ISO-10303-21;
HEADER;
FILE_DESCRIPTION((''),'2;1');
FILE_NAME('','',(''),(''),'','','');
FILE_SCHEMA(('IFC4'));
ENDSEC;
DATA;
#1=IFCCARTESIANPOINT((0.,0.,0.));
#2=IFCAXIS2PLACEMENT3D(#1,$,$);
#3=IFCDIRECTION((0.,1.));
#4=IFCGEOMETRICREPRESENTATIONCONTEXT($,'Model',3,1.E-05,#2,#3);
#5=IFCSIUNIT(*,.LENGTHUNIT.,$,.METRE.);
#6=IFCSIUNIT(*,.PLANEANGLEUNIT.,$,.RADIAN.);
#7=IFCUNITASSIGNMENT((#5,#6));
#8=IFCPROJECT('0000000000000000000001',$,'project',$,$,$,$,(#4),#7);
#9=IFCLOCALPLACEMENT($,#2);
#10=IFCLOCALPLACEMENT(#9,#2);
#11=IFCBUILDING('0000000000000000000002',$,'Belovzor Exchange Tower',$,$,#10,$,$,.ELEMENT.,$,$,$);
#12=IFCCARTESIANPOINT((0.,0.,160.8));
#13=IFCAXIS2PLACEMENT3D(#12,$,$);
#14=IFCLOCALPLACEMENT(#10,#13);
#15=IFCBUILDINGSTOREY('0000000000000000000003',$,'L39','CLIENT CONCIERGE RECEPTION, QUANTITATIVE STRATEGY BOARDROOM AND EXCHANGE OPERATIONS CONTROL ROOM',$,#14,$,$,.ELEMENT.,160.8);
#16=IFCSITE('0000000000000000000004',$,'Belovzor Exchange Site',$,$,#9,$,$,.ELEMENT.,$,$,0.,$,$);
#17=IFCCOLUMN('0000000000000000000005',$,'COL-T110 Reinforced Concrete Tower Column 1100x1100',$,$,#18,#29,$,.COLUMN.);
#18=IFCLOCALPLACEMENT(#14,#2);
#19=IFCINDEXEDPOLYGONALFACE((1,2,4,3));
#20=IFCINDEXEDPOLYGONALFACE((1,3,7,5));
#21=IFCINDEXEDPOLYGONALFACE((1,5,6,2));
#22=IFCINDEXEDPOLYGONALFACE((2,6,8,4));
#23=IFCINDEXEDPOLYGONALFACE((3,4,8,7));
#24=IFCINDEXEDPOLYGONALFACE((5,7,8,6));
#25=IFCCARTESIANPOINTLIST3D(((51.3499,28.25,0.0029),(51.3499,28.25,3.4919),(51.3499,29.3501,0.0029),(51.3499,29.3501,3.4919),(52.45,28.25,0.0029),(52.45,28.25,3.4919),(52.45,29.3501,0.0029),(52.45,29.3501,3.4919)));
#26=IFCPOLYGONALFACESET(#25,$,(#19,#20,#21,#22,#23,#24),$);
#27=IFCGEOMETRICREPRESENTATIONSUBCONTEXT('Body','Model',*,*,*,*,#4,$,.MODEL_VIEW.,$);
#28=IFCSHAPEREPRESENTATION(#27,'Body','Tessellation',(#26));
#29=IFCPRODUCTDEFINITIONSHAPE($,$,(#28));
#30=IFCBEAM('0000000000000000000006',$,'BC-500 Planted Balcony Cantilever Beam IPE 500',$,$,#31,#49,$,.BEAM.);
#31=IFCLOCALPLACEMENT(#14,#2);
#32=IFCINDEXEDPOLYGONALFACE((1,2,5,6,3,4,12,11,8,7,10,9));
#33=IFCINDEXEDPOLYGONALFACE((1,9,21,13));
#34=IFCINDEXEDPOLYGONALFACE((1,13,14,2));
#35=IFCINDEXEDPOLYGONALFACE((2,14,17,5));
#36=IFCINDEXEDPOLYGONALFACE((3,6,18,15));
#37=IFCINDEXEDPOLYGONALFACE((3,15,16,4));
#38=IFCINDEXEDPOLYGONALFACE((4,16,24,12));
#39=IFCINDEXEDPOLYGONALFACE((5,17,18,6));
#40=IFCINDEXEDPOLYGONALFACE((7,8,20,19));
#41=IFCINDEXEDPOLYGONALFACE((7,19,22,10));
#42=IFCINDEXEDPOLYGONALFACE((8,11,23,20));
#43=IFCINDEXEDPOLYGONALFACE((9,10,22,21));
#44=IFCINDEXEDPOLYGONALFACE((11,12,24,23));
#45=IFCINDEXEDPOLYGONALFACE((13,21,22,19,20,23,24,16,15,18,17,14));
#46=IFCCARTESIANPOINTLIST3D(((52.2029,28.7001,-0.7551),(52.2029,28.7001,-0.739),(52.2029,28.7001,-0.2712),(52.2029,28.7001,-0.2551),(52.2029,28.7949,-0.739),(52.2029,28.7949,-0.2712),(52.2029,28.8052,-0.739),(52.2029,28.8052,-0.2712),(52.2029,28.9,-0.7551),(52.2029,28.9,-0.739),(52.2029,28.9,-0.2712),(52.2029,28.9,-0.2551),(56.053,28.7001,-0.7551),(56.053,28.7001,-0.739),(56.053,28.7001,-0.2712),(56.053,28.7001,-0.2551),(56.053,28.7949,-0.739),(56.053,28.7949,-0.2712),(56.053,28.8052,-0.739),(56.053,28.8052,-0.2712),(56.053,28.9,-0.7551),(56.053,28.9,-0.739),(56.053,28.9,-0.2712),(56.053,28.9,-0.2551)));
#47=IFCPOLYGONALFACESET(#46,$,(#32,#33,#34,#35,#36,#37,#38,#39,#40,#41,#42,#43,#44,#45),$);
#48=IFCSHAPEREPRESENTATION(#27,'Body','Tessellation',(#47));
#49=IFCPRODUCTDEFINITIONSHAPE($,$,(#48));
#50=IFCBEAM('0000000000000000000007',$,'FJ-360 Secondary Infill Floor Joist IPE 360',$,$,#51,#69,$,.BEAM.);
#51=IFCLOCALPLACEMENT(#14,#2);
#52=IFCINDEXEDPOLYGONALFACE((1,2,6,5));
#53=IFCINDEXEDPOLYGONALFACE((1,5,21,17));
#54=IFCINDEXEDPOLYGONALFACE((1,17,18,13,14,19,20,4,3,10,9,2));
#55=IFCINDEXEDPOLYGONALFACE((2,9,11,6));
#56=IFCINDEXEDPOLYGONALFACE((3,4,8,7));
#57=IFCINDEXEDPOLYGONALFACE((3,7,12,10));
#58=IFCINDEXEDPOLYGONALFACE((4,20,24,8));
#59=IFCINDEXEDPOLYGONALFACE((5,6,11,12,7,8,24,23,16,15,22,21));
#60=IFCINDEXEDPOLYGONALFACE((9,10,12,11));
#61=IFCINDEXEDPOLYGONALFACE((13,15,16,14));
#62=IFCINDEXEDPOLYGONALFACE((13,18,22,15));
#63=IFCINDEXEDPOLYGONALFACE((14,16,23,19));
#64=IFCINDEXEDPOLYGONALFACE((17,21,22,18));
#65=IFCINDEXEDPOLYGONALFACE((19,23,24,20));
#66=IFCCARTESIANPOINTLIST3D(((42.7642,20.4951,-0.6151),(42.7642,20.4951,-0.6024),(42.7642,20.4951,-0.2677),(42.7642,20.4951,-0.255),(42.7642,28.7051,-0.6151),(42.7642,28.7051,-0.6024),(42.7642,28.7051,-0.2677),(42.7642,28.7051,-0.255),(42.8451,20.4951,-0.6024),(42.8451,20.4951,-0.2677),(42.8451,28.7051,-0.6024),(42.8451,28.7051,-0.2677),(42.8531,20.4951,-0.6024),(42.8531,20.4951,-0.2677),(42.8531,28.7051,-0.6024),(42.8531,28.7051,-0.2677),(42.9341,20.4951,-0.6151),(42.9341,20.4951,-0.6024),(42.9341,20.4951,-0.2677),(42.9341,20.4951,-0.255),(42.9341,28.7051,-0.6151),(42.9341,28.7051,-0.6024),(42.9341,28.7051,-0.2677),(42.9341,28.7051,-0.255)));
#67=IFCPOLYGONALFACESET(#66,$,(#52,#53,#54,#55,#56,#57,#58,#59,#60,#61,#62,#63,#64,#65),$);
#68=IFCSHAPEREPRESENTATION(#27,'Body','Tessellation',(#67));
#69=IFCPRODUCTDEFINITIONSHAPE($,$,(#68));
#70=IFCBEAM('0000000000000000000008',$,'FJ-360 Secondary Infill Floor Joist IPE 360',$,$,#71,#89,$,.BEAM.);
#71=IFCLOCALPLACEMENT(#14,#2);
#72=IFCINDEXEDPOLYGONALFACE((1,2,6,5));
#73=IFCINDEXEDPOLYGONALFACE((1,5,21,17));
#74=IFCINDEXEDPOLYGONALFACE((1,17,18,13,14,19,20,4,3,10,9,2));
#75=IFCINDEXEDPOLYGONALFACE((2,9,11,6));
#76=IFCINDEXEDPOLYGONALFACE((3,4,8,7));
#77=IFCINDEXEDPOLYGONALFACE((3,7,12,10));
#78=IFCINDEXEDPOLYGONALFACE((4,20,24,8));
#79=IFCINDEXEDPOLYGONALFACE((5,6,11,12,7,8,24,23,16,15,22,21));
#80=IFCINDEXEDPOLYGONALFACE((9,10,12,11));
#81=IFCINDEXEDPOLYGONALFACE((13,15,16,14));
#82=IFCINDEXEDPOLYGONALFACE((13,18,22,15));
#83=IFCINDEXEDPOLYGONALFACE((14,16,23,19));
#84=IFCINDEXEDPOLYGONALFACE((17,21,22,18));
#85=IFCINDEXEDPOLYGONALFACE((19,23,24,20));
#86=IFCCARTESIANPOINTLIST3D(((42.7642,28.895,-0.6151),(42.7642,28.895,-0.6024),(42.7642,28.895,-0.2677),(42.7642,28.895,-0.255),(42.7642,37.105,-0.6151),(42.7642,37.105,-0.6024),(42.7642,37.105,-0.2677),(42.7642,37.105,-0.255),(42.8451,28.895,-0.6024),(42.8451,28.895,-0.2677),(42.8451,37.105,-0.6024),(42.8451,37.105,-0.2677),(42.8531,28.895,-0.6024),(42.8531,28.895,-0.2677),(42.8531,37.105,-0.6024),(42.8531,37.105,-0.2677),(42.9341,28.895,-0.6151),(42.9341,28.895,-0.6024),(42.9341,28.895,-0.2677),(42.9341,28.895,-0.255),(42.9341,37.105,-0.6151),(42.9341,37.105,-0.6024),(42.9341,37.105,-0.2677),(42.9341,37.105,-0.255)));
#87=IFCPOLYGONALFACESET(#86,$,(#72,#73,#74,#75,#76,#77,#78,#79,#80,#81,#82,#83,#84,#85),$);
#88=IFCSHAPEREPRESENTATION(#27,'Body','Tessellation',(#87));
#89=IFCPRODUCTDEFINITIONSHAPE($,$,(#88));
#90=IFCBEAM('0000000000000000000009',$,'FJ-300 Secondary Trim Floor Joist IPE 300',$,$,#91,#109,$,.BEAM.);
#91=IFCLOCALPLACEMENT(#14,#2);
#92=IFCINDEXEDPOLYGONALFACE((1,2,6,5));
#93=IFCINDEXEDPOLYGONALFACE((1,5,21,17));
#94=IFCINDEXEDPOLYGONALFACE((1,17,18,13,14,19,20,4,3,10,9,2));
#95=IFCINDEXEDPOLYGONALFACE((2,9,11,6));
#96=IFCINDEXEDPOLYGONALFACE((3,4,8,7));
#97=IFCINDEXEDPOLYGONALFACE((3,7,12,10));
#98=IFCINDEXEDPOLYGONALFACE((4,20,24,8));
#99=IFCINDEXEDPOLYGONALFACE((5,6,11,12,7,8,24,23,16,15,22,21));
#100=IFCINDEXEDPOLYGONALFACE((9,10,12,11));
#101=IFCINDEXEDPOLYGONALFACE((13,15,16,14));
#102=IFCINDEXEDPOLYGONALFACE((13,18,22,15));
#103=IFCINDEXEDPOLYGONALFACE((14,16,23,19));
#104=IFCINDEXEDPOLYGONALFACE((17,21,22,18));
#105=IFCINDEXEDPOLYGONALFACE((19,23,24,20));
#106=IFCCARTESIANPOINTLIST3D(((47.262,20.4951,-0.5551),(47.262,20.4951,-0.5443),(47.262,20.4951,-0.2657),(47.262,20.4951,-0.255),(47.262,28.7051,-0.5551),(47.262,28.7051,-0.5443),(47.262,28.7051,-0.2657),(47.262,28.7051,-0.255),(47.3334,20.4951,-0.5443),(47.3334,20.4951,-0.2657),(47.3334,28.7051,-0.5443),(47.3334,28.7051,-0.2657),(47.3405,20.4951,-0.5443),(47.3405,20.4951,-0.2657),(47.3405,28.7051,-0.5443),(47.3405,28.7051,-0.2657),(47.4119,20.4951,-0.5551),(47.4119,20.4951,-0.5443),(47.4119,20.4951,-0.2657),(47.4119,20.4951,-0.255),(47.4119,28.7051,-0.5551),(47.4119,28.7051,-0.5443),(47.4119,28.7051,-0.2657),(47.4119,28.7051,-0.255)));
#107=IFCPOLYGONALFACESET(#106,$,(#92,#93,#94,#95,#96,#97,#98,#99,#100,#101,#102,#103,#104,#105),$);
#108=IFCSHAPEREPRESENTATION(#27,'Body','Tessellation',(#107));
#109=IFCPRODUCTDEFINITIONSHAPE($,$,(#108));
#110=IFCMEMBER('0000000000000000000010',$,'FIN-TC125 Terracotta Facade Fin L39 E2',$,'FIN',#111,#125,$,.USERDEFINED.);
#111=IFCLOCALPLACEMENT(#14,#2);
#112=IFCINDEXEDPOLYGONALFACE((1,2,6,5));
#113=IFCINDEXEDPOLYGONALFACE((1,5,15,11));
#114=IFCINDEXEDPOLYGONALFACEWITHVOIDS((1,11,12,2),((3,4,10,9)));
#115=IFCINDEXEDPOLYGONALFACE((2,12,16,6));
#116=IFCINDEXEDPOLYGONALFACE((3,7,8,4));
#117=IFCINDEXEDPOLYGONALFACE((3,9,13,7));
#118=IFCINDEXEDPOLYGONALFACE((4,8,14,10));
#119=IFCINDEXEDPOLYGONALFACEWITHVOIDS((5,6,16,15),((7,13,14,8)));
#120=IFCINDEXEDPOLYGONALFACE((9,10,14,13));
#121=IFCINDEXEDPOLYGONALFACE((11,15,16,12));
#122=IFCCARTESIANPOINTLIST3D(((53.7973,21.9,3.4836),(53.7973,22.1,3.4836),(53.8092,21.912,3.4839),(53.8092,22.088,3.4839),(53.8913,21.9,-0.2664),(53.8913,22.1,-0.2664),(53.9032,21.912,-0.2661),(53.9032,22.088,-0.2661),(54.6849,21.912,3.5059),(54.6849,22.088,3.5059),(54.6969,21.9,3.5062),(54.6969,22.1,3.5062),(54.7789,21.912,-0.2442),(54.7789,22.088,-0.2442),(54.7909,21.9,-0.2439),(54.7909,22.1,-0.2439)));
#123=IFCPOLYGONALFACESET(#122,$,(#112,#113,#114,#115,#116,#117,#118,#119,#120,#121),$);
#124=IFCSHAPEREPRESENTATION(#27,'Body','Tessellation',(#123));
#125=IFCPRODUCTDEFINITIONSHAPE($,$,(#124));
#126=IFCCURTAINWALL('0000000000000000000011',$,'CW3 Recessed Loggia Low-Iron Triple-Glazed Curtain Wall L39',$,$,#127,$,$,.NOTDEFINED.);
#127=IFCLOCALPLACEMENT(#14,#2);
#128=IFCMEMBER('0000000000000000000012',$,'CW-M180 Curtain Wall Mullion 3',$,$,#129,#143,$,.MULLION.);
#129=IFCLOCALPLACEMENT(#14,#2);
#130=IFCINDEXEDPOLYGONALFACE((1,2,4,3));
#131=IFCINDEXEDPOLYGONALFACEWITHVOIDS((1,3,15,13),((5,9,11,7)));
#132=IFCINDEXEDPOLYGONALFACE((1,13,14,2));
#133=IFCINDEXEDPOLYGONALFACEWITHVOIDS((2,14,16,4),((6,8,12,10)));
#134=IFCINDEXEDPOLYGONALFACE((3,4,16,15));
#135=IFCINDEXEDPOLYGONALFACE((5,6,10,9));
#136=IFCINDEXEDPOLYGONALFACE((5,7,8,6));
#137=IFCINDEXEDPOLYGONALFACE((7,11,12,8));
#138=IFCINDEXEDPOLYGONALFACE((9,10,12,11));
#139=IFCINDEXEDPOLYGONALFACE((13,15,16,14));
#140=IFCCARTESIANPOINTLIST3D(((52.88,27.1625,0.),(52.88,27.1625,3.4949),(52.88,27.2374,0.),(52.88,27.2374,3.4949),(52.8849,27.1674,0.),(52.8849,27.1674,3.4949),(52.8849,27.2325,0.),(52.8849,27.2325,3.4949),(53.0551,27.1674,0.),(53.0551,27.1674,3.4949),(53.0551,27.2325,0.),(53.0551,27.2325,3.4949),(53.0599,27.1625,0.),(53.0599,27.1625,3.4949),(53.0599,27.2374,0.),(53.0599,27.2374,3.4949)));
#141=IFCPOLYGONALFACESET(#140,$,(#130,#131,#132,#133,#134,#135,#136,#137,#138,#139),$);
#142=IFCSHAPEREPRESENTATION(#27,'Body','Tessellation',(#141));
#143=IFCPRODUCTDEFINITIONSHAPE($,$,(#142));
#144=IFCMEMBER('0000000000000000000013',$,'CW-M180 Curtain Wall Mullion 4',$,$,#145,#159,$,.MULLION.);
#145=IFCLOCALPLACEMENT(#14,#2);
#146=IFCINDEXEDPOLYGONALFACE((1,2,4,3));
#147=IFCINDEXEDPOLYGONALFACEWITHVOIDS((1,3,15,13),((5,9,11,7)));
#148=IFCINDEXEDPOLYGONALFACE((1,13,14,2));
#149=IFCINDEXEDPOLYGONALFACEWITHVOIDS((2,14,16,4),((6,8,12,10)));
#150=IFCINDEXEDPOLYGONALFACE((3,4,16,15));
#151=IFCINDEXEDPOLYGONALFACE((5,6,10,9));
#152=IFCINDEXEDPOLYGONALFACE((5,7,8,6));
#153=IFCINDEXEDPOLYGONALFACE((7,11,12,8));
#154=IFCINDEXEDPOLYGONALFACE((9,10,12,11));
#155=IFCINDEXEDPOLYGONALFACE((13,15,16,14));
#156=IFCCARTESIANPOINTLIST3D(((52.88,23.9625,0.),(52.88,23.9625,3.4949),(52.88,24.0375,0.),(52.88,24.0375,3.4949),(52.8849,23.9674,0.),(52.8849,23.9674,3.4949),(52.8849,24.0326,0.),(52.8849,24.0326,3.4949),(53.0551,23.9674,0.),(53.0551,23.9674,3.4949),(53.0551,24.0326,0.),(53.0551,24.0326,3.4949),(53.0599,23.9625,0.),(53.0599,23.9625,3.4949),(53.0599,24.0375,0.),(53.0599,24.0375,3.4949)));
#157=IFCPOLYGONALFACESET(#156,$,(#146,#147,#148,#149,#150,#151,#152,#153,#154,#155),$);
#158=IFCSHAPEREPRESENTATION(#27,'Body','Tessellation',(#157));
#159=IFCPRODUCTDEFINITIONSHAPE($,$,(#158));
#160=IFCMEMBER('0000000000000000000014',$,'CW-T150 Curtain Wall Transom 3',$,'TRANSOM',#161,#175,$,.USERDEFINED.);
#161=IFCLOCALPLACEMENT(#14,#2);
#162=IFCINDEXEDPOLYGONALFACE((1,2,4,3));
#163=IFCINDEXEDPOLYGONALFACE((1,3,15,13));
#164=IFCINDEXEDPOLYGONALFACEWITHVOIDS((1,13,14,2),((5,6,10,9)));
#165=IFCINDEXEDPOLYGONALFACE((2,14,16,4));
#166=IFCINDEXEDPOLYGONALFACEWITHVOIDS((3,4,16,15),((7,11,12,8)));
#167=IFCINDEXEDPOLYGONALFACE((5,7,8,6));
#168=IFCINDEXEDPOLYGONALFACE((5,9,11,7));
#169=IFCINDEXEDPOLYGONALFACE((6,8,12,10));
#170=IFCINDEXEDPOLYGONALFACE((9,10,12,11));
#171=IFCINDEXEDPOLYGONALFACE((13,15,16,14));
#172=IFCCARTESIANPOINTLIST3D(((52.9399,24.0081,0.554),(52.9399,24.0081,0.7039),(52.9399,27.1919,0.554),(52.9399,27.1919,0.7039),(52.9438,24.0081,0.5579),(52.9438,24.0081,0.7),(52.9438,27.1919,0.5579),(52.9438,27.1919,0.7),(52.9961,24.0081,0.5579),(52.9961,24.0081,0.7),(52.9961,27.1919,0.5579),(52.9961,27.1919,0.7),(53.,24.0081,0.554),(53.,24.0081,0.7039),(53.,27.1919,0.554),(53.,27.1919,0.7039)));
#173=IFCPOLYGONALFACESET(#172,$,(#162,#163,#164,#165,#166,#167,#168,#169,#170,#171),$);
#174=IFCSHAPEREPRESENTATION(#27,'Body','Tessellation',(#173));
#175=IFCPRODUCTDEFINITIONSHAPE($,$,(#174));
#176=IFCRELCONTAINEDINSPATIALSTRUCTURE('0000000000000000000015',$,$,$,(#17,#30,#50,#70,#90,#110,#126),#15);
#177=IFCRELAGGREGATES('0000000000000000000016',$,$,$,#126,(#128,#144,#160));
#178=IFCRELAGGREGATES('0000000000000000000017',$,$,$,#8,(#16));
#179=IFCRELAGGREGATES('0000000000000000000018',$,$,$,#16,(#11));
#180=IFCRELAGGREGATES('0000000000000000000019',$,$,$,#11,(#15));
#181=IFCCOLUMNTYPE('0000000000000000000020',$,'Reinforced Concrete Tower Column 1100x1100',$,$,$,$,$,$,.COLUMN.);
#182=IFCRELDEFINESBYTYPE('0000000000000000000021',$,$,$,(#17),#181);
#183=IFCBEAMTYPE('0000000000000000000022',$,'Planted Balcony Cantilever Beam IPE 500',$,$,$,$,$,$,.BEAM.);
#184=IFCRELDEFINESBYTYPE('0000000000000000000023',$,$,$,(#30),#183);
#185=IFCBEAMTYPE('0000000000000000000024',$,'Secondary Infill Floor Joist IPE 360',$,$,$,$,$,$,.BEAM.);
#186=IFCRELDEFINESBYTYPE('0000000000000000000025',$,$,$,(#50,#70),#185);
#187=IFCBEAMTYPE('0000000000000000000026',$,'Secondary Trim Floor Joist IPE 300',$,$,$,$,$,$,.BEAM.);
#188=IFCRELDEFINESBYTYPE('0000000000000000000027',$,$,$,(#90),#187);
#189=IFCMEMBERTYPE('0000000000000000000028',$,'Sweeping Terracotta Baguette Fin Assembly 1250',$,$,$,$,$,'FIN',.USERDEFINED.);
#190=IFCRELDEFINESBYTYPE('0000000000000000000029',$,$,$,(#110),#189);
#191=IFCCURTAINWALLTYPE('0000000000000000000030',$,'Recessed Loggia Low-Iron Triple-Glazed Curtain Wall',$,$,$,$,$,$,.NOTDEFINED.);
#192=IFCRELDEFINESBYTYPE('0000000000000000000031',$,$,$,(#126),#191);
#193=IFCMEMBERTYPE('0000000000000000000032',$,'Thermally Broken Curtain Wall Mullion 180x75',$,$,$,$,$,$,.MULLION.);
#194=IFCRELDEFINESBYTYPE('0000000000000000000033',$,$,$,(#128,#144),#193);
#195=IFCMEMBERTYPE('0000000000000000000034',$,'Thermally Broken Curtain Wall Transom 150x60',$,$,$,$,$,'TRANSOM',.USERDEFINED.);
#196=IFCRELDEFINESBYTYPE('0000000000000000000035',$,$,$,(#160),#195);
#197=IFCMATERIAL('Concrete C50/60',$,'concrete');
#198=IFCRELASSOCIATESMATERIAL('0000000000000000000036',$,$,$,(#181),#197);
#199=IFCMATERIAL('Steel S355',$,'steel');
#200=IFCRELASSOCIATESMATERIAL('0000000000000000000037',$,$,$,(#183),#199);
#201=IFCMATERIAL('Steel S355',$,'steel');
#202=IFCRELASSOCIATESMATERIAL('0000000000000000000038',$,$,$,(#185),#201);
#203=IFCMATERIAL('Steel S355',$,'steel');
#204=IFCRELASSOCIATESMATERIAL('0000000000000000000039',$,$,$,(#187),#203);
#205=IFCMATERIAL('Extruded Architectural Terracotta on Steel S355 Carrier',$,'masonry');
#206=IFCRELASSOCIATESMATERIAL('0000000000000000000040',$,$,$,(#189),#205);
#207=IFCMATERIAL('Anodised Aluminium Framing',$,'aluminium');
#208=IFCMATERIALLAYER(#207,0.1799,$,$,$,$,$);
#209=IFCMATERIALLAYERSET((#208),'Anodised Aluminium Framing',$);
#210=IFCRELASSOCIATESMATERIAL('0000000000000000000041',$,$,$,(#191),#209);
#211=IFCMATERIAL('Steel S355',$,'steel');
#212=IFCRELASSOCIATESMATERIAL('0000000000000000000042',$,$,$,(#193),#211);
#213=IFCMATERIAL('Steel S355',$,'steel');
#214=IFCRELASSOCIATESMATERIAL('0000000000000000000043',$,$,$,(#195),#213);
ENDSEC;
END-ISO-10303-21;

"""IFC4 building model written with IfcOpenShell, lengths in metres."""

from ifc_helpers import new_model, si_unit, direction, frame, origin, origin_2d, place, context, subcontext, project, spatial, rectangle, hollow_rectangle, i_section, extrude, material, layer, layer_set, material_profile, profile_set, type_object, element, aggregate, save


model = new_model("IFC4")

# Units and contexts
model_context = context("Model", 3, precision=1e-05, world=origin(), true_north=direction((0.0, 1.0)))
body_context = subcontext(model_context, "Body", "Model", "MODEL_VIEW")
ifc_project = project(units=[si_unit("LENGTHUNIT", "METRE"), si_unit("PLANEANGLEUNIT", "RADIAN")], contexts=[model_context])

# Site, building, storey
site_placement = place(None, origin())
site = spatial("IfcSite", under=ifc_project, at=site_placement, Name="Belovzor Exchange Site", CompositionType="ELEMENT", RefElevation=0.0)
building_placement = place(site_placement, origin())
building = spatial("IfcBuilding", under=site, at=building_placement, Name="Belovzor Exchange Tower", CompositionType="ELEMENT")
storey_placement = place(building_placement, frame((0.0, 0.0, 160.8)))
storey = spatial("IfcBuildingStorey", under=building, at=storey_placement, Name="L39", Description="CLIENT CONCIERGE RECEPTION, QUANTITATIVE STRATEGY BOARDROOM AND EXCHANGE OPERATIONS CONTROL ROOM", CompositionType="ELEMENT", Elevation=160.8)

# Column
ifc_material_1 = material(Name="Concrete C50/60", Category="concrete")
ifc_material_profile_1 = material_profile(ifc_material_1, rectangle(XDim=1.1001, YDim=1.1001, at=origin_2d()))
ifc_profile_set_1 = profile_set([ifc_material_profile_1], Name="Concrete C50/60")
column_type = type_object("IfcColumnType", Name="Reinforced Concrete Tower Column 1100x1100", PredefinedType="COLUMN", material=ifc_profile_set_1)
column_placement = place(storey_placement, frame((51.8999, 28.8, 0.0029), z_axis=(0.0, 0.0, 1.0), x_axis=(1.0, 0.0, 0.0)))
element("IfcColumn", 1, at=column_placement, inside=storey, type_object=column_type, Name="COL-T110 Reinforced Concrete Tower Column 1100x1100", PredefinedType="COLUMN", context=body_context, shape_type="SweptSolid", body=[
    extrude(rectangle(XDim=1.1001, YDim=1.1001, at=origin_2d()), origin(), (0.0, 0.0, 1.0), 3.489),
])

# Beams
ifc_material_2 = material(Name="Steel S355", Category="steel")
ifc_material_profile_2 = material_profile(ifc_material_2, i_section(OverallWidth=0.2, OverallDepth=0.5, WebThickness=0.0103, FlangeThickness=0.0161, at=origin_2d()))
ifc_profile_set_2 = profile_set([ifc_material_profile_2], Name="Steel S355")
beam_type_1 = type_object("IfcBeamType", Name="Planted Balcony Cantilever Beam IPE 500", PredefinedType="BEAM", material=ifc_profile_set_2)
beam_1_placement = place(storey_placement, frame((52.2029, 28.8, -0.5051), z_axis=(1.0, 0.0, 0.0), x_axis=(0.0, 1.0, 0.0)))
element("IfcBeam", 2, at=beam_1_placement, inside=storey, type_object=beam_type_1, Name="BC-500 Planted Balcony Cantilever Beam IPE 500", PredefinedType="BEAM", context=body_context, shape_type="SweptSolid", body=[
    extrude(i_section(OverallWidth=0.2, OverallDepth=0.5, WebThickness=0.0103, FlangeThickness=0.0161, at=origin_2d()), origin(), (0.0, 0.0, 1.0), 3.8501),
])
ifc_material_3 = material(Name="Steel S355", Category="steel")
ifc_material_profile_3 = material_profile(ifc_material_3, i_section(OverallWidth=0.1699, OverallDepth=0.3601, WebThickness=0.0081, FlangeThickness=0.0127, at=origin_2d()))
ifc_profile_set_3 = profile_set([ifc_material_profile_3], Name="Steel S355")
beam_type_2 = type_object("IfcBeamType", Name="Secondary Infill Floor Joist IPE 360", PredefinedType="BEAM", material=ifc_profile_set_3)
for number, where, z_axis, x_axis, name in (
    (3, (42.8491, 20.4951, -0.4351), (0.0, 1.0, 0.0), (-1.0, 0.0, 0.0), "FJ-360 Secondary Infill Floor Joist IPE 360"),
    (4, (42.8491, 28.895, -0.4351), (0.0, 1.0, 0.0), (-1.0, 0.0, 0.0), "FJ-360 Secondary Infill Floor Joist IPE 360"),
):
    element("IfcBeam", number, at=place(storey_placement, frame(where, z_axis=z_axis, x_axis=x_axis)), inside=storey, type_object=beam_type_2, Name=name, PredefinedType="BEAM", context=body_context, shape_type="SweptSolid", body=[
        extrude(i_section(OverallWidth=0.1699, OverallDepth=0.3601, WebThickness=0.0081, FlangeThickness=0.0127, at=origin_2d()), origin(), (0.0, 0.0, 1.0), 8.21),
    ])
ifc_material_4 = material(Name="Steel S355", Category="steel")
ifc_material_profile_4 = material_profile(ifc_material_4, i_section(OverallWidth=0.1499, OverallDepth=0.3, WebThickness=0.0071, FlangeThickness=0.0107, at=origin_2d()))
ifc_profile_set_4 = profile_set([ifc_material_profile_4], Name="Steel S355")
beam_type_3 = type_object("IfcBeamType", Name="Secondary Trim Floor Joist IPE 300", PredefinedType="BEAM", material=ifc_profile_set_4)
beam_2_placement = place(storey_placement, frame((47.3369, 20.4951, -0.405), z_axis=(0.0, 1.0, 0.0), x_axis=(-1.0, 0.0, 0.0)))
element("IfcBeam", 5, at=beam_2_placement, inside=storey, type_object=beam_type_3, Name="FJ-300 Secondary Trim Floor Joist IPE 300", PredefinedType="BEAM", context=body_context, shape_type="SweptSolid", body=[
    extrude(i_section(OverallWidth=0.1499, OverallDepth=0.3, WebThickness=0.0071, FlangeThickness=0.0107, at=origin_2d()), origin(), (0.0, 0.0, 1.0), 8.21),
])

# Member
ifc_material_5 = material(Name="Extruded Architectural Terracotta on Steel S355 Carrier", Category="masonry")
ifc_material_profile_5 = material_profile(ifc_material_5, hollow_rectangle(XDim=0.2, YDim=0.8999, WallThickness=0.012, at=origin_2d()))
ifc_profile_set_5 = profile_set([ifc_material_profile_5], Name="Extruded Architectural Terracotta on Steel S355 Carrier")
member_type_1 = type_object("IfcMemberType", Name="Sweeping Terracotta Baguette Fin Assembly 1250", ElementType="FIN", PredefinedType="USERDEFINED", material=ifc_profile_set_5)
member_1_placement = place(storey_placement, frame((54.3411, 22.0, -0.2551), z_axis=(-0.025057, 0.0, 0.999686), x_axis=(0.0, -1.0, 0.0)))
element("IfcMember", 6, at=member_1_placement, inside=storey, type_object=member_type_1, Name="FIN-TC125 Terracotta Facade Fin L39 E2", ObjectType="FIN", PredefinedType="USERDEFINED", context=body_context, shape_type="SweptSolid", body=[
    extrude(hollow_rectangle(XDim=0.2, YDim=0.8999, WallThickness=0.012, at=origin_2d()), origin(), (0.0, 0.0, 1.0), 3.7512),
])

# Curtain wall, members
ifc_material_6 = material(Name="Anodised Aluminium Framing", Category="aluminium")
ifc_layer_1 = layer(ifc_material_6, 0.1799)
ifc_layer_set_1 = layer_set([ifc_layer_1], Name="Anodised Aluminium Framing")
curtain_wall_type = type_object("IfcCurtainWallType", Name="Recessed Loggia Low-Iron Triple-Glazed Curtain Wall", PredefinedType="NOTDEFINED", material=ifc_layer_set_1)
curtain_wall_placement = place(storey_placement, origin())
curtain_wall = element("IfcCurtainWall", 7, at=curtain_wall_placement, inside=storey, type_object=curtain_wall_type, Name="CW3 Recessed Loggia Low-Iron Triple-Glazed Curtain Wall L39", PredefinedType="NOTDEFINED")
ifc_material_7 = material(Name="Steel S355", Category="steel")
ifc_material_profile_6 = material_profile(ifc_material_7, hollow_rectangle(XDim=0.075, YDim=0.1799, WallThickness=0.0049, at=origin_2d()))
ifc_profile_set_6 = profile_set([ifc_material_profile_6], Name="Steel S355")
member_type_2 = type_object("IfcMemberType", Name="Thermally Broken Curtain Wall Mullion 180x75", PredefinedType="MULLION", material=ifc_profile_set_6)
member_2_placement = place(storey_placement, frame((52.97, 27.2, 0.0), z_axis=(0.0, 0.0, 1.0), x_axis=(0.0, -1.0, 0.0)))
member_2 = element("IfcMember", 8, at=member_2_placement, type_object=member_type_2, Name="CW-M180 Curtain Wall Mullion 3", PredefinedType="MULLION", context=body_context, shape_type="SweptSolid", body=[
    extrude(hollow_rectangle(XDim=0.075, YDim=0.1799, WallThickness=0.0049, at=origin_2d()), origin(), (0.0, 0.0, 1.0), 3.4949),
])
member_3_placement = place(storey_placement, frame((52.97, 24.0, 0.0), z_axis=(0.0, 0.0, 1.0), x_axis=(0.0, -1.0, 0.0)))
member_3 = element("IfcMember", 9, at=member_3_placement, type_object=member_type_2, Name="CW-M180 Curtain Wall Mullion 4", PredefinedType="MULLION", context=body_context, shape_type="SweptSolid", body=[
    extrude(hollow_rectangle(XDim=0.075, YDim=0.1799, WallThickness=0.0049, at=origin_2d()), origin(), (0.0, 0.0, 1.0), 3.4949),
])
ifc_material_8 = material(Name="Steel S355", Category="steel")
ifc_material_profile_7 = material_profile(ifc_material_8, hollow_rectangle(XDim=0.0601, YDim=0.1499, WallThickness=0.0039, at=origin_2d()))
ifc_profile_set_7 = profile_set([ifc_material_profile_7], Name="Steel S355")
member_type_3 = type_object("IfcMemberType", Name="Thermally Broken Curtain Wall Transom 150x60", ElementType="TRANSOM", PredefinedType="USERDEFINED", material=ifc_profile_set_7)
member_4_placement = place(storey_placement, frame((52.97, 27.1919, 0.6289), z_axis=(0.0, -1.0, 0.0), x_axis=(1.0, 0.0, 0.0)))
member_4 = element("IfcMember", 10, at=member_4_placement, type_object=member_type_3, Name="CW-T150 Curtain Wall Transom 3", ObjectType="TRANSOM", PredefinedType="USERDEFINED", context=body_context, shape_type="SweptSolid", body=[
    extrude(hollow_rectangle(XDim=0.0601, YDim=0.1499, WallThickness=0.0039, at=origin_2d()), origin(), (0.0, 0.0, 1.0), 3.1838),
])

aggregate(curtain_wall, [member_2, member_3, member_4])

save(model, "model.ifc")
